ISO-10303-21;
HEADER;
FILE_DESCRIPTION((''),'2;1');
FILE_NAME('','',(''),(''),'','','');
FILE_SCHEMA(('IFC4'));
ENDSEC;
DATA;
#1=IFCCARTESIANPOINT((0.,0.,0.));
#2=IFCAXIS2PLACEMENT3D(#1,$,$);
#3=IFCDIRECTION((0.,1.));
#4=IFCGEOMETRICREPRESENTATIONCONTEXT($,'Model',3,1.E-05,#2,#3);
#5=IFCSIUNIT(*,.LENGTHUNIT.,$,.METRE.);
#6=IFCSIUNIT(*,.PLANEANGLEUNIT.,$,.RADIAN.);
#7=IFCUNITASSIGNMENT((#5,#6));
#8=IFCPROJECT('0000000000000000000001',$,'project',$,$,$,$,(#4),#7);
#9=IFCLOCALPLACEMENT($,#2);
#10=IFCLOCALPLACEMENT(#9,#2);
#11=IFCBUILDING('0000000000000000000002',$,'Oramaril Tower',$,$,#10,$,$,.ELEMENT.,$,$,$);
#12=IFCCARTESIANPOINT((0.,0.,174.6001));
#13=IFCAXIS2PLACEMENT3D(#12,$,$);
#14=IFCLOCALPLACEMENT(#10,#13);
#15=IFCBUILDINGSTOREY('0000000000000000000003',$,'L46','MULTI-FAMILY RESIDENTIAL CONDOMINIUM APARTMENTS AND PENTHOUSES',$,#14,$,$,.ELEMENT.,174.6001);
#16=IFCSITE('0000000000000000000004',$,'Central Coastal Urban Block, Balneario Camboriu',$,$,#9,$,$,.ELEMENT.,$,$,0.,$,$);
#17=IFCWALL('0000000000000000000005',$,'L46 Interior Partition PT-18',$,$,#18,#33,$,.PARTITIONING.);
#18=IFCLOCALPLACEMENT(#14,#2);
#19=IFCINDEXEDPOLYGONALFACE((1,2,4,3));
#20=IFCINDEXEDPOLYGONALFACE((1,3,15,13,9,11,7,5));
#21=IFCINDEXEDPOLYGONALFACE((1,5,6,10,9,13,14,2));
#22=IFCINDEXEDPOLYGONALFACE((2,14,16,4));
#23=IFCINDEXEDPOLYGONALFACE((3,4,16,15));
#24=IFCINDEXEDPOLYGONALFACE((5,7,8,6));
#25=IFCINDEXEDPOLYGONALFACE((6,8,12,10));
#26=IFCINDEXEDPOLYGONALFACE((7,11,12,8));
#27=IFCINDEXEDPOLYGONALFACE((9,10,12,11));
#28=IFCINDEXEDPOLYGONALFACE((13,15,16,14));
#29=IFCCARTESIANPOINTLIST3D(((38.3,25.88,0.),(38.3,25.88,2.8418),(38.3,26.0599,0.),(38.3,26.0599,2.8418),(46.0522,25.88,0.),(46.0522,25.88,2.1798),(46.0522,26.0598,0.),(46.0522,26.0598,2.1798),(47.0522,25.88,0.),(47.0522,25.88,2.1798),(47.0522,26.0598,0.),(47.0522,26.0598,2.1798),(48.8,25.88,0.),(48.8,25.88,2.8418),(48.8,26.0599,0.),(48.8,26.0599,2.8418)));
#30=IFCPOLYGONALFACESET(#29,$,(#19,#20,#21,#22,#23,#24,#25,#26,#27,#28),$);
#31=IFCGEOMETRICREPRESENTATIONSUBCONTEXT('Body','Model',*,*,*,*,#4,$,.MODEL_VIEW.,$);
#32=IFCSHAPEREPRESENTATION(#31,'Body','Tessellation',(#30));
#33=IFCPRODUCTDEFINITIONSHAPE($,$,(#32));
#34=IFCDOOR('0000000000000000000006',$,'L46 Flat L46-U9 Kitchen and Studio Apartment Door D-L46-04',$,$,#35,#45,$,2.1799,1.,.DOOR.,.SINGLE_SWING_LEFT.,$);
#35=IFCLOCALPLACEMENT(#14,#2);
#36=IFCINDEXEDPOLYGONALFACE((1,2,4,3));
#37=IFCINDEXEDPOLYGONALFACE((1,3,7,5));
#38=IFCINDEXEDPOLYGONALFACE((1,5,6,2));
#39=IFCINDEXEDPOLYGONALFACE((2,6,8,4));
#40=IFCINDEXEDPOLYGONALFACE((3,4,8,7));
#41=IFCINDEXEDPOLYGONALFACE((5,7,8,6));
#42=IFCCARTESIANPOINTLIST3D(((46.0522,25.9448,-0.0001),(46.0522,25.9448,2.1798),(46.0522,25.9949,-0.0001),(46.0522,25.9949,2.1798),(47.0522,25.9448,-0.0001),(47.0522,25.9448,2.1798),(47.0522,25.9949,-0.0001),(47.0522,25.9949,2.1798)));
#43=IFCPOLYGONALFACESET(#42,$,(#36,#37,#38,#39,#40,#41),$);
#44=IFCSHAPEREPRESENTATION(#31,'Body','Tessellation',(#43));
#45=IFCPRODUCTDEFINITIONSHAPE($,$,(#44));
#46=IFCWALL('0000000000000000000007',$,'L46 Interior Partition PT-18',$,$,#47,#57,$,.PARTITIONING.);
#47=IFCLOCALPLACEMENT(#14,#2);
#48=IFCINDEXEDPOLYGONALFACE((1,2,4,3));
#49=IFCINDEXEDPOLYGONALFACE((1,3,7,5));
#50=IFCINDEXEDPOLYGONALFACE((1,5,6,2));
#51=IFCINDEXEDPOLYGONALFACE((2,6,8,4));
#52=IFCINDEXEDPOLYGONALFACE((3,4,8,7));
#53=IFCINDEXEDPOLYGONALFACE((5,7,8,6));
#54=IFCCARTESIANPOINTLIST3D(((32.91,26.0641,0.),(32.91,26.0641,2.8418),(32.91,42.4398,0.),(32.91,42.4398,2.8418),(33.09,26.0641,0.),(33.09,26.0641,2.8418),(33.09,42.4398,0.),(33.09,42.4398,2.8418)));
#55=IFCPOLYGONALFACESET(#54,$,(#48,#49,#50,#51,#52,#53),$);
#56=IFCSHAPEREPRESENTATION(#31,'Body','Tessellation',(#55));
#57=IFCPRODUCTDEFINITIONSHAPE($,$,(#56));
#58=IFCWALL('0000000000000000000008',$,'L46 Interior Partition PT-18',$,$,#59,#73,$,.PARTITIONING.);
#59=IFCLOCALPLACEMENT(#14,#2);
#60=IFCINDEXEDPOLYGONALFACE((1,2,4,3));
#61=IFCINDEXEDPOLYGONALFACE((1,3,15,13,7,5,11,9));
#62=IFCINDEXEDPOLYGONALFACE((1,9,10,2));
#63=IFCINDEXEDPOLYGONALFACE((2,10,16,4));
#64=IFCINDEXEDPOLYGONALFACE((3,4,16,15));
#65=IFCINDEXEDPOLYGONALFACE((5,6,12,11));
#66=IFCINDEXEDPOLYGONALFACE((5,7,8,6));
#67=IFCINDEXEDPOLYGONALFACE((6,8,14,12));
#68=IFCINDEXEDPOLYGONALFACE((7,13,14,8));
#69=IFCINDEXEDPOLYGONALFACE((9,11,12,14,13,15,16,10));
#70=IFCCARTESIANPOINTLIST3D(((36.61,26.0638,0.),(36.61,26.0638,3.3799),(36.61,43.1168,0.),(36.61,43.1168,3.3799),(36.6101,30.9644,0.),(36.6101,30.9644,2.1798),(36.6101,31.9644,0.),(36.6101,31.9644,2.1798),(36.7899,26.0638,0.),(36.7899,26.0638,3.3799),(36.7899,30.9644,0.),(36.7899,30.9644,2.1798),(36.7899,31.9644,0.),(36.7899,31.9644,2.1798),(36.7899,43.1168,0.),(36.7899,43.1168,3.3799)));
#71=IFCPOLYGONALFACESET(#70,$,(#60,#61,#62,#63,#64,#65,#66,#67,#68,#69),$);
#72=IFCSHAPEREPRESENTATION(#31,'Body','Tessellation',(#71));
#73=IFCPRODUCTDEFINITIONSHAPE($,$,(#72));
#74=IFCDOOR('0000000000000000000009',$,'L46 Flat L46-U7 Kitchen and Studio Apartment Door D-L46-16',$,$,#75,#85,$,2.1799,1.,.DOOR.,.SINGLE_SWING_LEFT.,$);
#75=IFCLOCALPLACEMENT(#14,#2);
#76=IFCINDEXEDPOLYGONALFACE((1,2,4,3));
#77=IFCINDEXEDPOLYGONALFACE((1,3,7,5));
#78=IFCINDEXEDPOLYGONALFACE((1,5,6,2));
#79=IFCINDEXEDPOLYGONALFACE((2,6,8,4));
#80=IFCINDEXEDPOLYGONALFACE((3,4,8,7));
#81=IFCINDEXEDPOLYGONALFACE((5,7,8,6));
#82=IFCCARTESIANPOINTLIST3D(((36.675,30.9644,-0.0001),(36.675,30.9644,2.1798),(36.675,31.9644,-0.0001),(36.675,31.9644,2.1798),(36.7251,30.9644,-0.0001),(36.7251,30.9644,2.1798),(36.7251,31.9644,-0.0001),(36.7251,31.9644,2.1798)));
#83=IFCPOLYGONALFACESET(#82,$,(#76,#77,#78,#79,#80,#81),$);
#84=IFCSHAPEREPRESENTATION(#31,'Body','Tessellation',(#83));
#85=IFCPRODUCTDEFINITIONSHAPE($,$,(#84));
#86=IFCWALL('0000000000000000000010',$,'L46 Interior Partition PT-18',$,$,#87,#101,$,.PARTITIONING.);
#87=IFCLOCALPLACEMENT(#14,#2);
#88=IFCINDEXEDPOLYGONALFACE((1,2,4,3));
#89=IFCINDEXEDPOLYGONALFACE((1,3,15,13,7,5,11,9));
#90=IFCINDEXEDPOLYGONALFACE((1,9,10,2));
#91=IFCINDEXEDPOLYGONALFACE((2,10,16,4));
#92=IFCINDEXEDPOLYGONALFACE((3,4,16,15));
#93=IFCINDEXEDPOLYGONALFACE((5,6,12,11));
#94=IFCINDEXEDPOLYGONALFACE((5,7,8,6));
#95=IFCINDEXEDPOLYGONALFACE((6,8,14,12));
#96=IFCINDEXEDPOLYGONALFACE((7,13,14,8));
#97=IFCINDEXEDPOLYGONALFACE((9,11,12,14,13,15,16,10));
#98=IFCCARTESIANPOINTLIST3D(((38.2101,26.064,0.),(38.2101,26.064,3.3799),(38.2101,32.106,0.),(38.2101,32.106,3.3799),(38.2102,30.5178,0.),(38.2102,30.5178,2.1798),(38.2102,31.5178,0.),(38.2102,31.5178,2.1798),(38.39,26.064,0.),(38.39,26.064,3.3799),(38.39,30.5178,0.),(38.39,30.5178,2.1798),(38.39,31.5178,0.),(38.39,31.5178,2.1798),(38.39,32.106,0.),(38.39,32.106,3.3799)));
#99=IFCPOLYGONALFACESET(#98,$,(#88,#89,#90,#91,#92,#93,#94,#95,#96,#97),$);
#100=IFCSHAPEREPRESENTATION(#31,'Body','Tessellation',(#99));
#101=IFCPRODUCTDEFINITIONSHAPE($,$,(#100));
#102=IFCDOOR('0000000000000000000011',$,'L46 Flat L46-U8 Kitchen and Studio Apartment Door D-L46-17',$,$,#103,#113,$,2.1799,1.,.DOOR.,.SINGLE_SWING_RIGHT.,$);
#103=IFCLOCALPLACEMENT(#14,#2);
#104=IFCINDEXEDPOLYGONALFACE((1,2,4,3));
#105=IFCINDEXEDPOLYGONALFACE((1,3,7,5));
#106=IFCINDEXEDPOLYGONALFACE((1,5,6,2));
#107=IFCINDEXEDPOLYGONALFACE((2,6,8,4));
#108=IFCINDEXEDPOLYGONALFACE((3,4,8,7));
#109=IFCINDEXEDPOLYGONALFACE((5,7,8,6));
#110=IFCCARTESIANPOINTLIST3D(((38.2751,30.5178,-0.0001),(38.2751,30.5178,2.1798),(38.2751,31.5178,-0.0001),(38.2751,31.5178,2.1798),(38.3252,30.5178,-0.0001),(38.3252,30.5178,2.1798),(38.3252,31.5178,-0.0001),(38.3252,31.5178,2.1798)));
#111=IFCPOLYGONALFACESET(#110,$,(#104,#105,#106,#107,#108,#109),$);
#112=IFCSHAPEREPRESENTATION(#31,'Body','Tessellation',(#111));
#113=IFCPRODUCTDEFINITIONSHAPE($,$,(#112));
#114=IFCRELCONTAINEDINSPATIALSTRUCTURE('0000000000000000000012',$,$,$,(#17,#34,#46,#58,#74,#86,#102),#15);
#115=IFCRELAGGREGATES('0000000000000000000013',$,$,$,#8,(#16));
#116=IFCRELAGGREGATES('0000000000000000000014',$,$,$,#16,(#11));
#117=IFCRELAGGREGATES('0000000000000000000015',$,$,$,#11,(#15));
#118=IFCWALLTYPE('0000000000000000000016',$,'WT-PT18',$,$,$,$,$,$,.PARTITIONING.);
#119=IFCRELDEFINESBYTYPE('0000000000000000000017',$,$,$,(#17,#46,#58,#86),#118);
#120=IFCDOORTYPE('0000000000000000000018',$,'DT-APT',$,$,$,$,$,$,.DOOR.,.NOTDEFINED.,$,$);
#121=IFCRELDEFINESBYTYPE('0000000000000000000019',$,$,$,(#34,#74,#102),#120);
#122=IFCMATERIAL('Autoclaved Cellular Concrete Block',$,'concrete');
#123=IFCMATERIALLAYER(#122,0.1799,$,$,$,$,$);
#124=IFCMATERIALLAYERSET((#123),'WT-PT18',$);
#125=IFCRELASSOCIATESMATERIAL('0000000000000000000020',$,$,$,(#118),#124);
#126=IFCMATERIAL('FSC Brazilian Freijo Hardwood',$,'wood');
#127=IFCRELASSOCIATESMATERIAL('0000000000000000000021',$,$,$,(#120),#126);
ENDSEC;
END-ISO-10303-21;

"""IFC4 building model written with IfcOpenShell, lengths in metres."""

from ifc_helpers import new_model, si_unit, direction, frame, frame_2d, origin, place, context, subcontext, project, spatial, rectangle, extrude, material, layer, layer_set, type_object, element, fill, save


model = new_model("IFC4")

# Units and contexts
model_context = context("Model", 3, precision=1e-05, world=origin(), true_north=direction((0.0, 1.0)))
body_context = subcontext(model_context, "Body", "Model", "MODEL_VIEW")
ifc_project = project(units=[si_unit("LENGTHUNIT", "METRE"), si_unit("PLANEANGLEUNIT", "RADIAN")], contexts=[model_context])

# Site, building, storey
site_placement = place(None, origin())
site = spatial("IfcSite", under=ifc_project, at=site_placement, Name="Central Coastal Urban Block, Balneario Camboriu", CompositionType="ELEMENT", RefElevation=0.0)
building_placement = place(site_placement, origin())
building = spatial("IfcBuilding", under=site, at=building_placement, Name="Oramaril Tower", CompositionType="ELEMENT")
storey_placement = place(building_placement, frame((0.0, 0.0, 174.6001)))
storey = spatial("IfcBuildingStorey", under=building, at=storey_placement, Name="L46", Description="MULTI-FAMILY RESIDENTIAL CONDOMINIUM APARTMENTS AND PENTHOUSES", CompositionType="ELEMENT", Elevation=174.6001)

# Shared definitions
ifc_material_1 = material(Name="Autoclaved Cellular Concrete Block", Category="concrete")
ifc_layer_1 = layer(ifc_material_1, 0.1799)
ifc_layer_set_1 = layer_set([ifc_layer_1], Name="WT-PT18")
wall_type_1 = type_object("IfcWallType", Name="WT-PT18", PredefinedType="PARTITIONING", material=ifc_layer_set_1)

# Wall, opening, door
wall_1_placement = place(storey_placement, frame((38.3, 25.97, 0.0), z_axis=(0.0, 0.0, 1.0), x_axis=(1.0, 0.0, 0.0)))
wall_1 = element("IfcWall", 1, at=wall_1_placement, inside=storey, type_object=wall_type_1, Name="L46 Interior Partition PT-18", PredefinedType="PARTITIONING", context=body_context, shape_type="SweptSolid", body=[
    extrude(rectangle(XDim=10.5, YDim=0.1799, at=frame_2d((5.25, 0.0))), origin(), (0.0, 0.0, 1.0), 2.8418),
])
opening_1_placement = place(wall_1_placement, frame((7.7522, 0.0, 0.0)))
opening_1 = element("IfcOpeningElement", 2, at=opening_1_placement, cuts=wall_1, PredefinedType="OPENING", context=body_context, shape_type="SweptSolid", body=[
    extrude(rectangle(XDim=1.0, YDim=2.1799, at=frame_2d((0.5, 1.0898))), frame((0.0, 0.0898, 0.0), z_axis=(0.0, -1.0, 0.0), x_axis=(1.0, 0.0, 0.0)), (0.0, 0.0, 1.0), 0.1799),
])
ifc_material_2 = material(Name="FSC Brazilian Freijo Hardwood", Category="wood")
door_type_1 = type_object("IfcDoorType", Name="DT-APT", OperationType="NOTDEFINED", PredefinedType="DOOR", material=ifc_material_2)
door_1_placement = place(opening_1_placement, origin())
door_1 = element("IfcDoor", 3, at=door_1_placement, inside=storey, type_object=door_type_1, Name="L46 Flat L46-U9 Kitchen and Studio Apartment Door D-L46-04", OperationType="SINGLE_SWING_LEFT", OverallHeight=2.1799, OverallWidth=1.0, PredefinedType="DOOR", context=body_context, shape_type="SweptSolid", body=[
    extrude(rectangle(XDim=1.0, YDim=2.1799, at=frame_2d((0.5, 1.0898))), frame((0.0, 0.0249, 0.0), z_axis=(0.0, -1.0, 0.0), x_axis=(1.0, 0.0, 0.0)), (0.0, 0.0, 1.0), 0.05),
])
fill(opening_1, door_1)

# Wall
wall_2_placement = place(storey_placement, frame((33.0, 26.064, 0.0), z_axis=(0.0, 0.0, 1.0), x_axis=(0.0, 1.0, 0.0)))
element("IfcWall", 4, at=wall_2_placement, inside=storey, type_object=wall_type_1, Name="L46 Interior Partition PT-18", PredefinedType="PARTITIONING", context=body_context, shape_type="SweptSolid", body=[
    extrude(rectangle(XDim=16.3757, YDim=0.1799, at=frame_2d((8.188, 0.0))), origin(), (0.0, 0.0, 1.0), 2.8418),
])

# Walls, openings, doors
wall_3_placement = place(storey_placement, frame((36.7, 26.064, 0.0), z_axis=(0.0, 0.0, 1.0), x_axis=(0.0, 1.0, 0.0)))
wall_3 = element("IfcWall", 5, at=wall_3_placement, inside=storey, type_object=wall_type_1, Name="L46 Interior Partition PT-18", PredefinedType="PARTITIONING", context=body_context, shape_type="SweptSolid", body=[
    extrude(rectangle(XDim=17.053, YDim=0.1799, at=frame_2d((8.5264, 0.0))), origin(), (0.0, 0.0, 1.0), 3.3799),
])
opening_2_placement = place(wall_3_placement, frame((4.9004, 0.0, 0.0)))
opening_2 = element("IfcOpeningElement", 6, at=opening_2_placement, cuts=wall_3, PredefinedType="OPENING", context=body_context, shape_type="SweptSolid", body=[
    extrude(rectangle(XDim=1.0, YDim=2.1799, at=frame_2d((0.5, 1.0898))), frame((0.0, 0.0898, 0.0), z_axis=(0.0, -1.0, 0.0), x_axis=(1.0, 0.0, 0.0)), (0.0, 0.0, 1.0), 0.1799),
])
door_2_placement = place(opening_2_placement, origin())
door_2 = element("IfcDoor", 7, at=door_2_placement, inside=storey, type_object=door_type_1, Name="L46 Flat L46-U7 Kitchen and Studio Apartment Door D-L46-16", OperationType="SINGLE_SWING_LEFT", OverallHeight=2.1799, OverallWidth=1.0, PredefinedType="DOOR", context=body_context, shape_type="SweptSolid", body=[
    extrude(rectangle(XDim=1.0, YDim=2.1799, at=frame_2d((0.5, 1.0898))), frame((0.0, 0.0249, 0.0), z_axis=(0.0, -1.0, 0.0), x_axis=(1.0, 0.0, 0.0)), (0.0, 0.0, 1.0), 0.05),
])
fill(opening_2, door_2)
wall_4_placement = place(storey_placement, frame((38.3, 26.064, 0.0), z_axis=(0.0, 0.0, 1.0), x_axis=(0.0, 1.0, 0.0)))
wall_4 = element("IfcWall", 8, at=wall_4_placement, inside=storey, type_object=wall_type_1, Name="L46 Interior Partition PT-18", PredefinedType="PARTITIONING", context=body_context, shape_type="SweptSolid", body=[
    extrude(rectangle(XDim=6.042, YDim=0.1799, at=frame_2d((3.021, 0.0))), origin(), (0.0, 0.0, 1.0), 3.3799),
])
opening_3_placement = place(wall_4_placement, frame((4.4539, 0.0, 0.0)))
opening_3 = element("IfcOpeningElement", 9, at=opening_3_placement, cuts=wall_4, PredefinedType="OPENING", context=body_context, shape_type="SweptSolid", body=[
    extrude(rectangle(XDim=1.0, YDim=2.1799, at=frame_2d((0.5, 1.0898))), frame((0.0, 0.0898, 0.0), z_axis=(0.0, -1.0, 0.0), x_axis=(1.0, 0.0, 0.0)), (0.0, 0.0, 1.0), 0.1799),
])
door_3_placement = place(opening_3_placement, origin())
door_3 = element("IfcDoor", 10, at=door_3_placement, inside=storey, type_object=door_type_1, Name="L46 Flat L46-U8 Kitchen and Studio Apartment Door D-L46-17", OperationType="SINGLE_SWING_RIGHT", OverallHeight=2.1799, OverallWidth=1.0, PredefinedType="DOOR", context=body_context, shape_type="SweptSolid", body=[
    extrude(rectangle(XDim=1.0, YDim=2.1799, at=frame_2d((0.5, 1.0898))), frame((0.0, 0.0249, 0.0), z_axis=(0.0, -1.0, 0.0), x_axis=(1.0, 0.0, 0.0)), (0.0, 0.0, 1.0), 0.05),
])
fill(opening_3, door_3)

save(model, "model.ifc")
